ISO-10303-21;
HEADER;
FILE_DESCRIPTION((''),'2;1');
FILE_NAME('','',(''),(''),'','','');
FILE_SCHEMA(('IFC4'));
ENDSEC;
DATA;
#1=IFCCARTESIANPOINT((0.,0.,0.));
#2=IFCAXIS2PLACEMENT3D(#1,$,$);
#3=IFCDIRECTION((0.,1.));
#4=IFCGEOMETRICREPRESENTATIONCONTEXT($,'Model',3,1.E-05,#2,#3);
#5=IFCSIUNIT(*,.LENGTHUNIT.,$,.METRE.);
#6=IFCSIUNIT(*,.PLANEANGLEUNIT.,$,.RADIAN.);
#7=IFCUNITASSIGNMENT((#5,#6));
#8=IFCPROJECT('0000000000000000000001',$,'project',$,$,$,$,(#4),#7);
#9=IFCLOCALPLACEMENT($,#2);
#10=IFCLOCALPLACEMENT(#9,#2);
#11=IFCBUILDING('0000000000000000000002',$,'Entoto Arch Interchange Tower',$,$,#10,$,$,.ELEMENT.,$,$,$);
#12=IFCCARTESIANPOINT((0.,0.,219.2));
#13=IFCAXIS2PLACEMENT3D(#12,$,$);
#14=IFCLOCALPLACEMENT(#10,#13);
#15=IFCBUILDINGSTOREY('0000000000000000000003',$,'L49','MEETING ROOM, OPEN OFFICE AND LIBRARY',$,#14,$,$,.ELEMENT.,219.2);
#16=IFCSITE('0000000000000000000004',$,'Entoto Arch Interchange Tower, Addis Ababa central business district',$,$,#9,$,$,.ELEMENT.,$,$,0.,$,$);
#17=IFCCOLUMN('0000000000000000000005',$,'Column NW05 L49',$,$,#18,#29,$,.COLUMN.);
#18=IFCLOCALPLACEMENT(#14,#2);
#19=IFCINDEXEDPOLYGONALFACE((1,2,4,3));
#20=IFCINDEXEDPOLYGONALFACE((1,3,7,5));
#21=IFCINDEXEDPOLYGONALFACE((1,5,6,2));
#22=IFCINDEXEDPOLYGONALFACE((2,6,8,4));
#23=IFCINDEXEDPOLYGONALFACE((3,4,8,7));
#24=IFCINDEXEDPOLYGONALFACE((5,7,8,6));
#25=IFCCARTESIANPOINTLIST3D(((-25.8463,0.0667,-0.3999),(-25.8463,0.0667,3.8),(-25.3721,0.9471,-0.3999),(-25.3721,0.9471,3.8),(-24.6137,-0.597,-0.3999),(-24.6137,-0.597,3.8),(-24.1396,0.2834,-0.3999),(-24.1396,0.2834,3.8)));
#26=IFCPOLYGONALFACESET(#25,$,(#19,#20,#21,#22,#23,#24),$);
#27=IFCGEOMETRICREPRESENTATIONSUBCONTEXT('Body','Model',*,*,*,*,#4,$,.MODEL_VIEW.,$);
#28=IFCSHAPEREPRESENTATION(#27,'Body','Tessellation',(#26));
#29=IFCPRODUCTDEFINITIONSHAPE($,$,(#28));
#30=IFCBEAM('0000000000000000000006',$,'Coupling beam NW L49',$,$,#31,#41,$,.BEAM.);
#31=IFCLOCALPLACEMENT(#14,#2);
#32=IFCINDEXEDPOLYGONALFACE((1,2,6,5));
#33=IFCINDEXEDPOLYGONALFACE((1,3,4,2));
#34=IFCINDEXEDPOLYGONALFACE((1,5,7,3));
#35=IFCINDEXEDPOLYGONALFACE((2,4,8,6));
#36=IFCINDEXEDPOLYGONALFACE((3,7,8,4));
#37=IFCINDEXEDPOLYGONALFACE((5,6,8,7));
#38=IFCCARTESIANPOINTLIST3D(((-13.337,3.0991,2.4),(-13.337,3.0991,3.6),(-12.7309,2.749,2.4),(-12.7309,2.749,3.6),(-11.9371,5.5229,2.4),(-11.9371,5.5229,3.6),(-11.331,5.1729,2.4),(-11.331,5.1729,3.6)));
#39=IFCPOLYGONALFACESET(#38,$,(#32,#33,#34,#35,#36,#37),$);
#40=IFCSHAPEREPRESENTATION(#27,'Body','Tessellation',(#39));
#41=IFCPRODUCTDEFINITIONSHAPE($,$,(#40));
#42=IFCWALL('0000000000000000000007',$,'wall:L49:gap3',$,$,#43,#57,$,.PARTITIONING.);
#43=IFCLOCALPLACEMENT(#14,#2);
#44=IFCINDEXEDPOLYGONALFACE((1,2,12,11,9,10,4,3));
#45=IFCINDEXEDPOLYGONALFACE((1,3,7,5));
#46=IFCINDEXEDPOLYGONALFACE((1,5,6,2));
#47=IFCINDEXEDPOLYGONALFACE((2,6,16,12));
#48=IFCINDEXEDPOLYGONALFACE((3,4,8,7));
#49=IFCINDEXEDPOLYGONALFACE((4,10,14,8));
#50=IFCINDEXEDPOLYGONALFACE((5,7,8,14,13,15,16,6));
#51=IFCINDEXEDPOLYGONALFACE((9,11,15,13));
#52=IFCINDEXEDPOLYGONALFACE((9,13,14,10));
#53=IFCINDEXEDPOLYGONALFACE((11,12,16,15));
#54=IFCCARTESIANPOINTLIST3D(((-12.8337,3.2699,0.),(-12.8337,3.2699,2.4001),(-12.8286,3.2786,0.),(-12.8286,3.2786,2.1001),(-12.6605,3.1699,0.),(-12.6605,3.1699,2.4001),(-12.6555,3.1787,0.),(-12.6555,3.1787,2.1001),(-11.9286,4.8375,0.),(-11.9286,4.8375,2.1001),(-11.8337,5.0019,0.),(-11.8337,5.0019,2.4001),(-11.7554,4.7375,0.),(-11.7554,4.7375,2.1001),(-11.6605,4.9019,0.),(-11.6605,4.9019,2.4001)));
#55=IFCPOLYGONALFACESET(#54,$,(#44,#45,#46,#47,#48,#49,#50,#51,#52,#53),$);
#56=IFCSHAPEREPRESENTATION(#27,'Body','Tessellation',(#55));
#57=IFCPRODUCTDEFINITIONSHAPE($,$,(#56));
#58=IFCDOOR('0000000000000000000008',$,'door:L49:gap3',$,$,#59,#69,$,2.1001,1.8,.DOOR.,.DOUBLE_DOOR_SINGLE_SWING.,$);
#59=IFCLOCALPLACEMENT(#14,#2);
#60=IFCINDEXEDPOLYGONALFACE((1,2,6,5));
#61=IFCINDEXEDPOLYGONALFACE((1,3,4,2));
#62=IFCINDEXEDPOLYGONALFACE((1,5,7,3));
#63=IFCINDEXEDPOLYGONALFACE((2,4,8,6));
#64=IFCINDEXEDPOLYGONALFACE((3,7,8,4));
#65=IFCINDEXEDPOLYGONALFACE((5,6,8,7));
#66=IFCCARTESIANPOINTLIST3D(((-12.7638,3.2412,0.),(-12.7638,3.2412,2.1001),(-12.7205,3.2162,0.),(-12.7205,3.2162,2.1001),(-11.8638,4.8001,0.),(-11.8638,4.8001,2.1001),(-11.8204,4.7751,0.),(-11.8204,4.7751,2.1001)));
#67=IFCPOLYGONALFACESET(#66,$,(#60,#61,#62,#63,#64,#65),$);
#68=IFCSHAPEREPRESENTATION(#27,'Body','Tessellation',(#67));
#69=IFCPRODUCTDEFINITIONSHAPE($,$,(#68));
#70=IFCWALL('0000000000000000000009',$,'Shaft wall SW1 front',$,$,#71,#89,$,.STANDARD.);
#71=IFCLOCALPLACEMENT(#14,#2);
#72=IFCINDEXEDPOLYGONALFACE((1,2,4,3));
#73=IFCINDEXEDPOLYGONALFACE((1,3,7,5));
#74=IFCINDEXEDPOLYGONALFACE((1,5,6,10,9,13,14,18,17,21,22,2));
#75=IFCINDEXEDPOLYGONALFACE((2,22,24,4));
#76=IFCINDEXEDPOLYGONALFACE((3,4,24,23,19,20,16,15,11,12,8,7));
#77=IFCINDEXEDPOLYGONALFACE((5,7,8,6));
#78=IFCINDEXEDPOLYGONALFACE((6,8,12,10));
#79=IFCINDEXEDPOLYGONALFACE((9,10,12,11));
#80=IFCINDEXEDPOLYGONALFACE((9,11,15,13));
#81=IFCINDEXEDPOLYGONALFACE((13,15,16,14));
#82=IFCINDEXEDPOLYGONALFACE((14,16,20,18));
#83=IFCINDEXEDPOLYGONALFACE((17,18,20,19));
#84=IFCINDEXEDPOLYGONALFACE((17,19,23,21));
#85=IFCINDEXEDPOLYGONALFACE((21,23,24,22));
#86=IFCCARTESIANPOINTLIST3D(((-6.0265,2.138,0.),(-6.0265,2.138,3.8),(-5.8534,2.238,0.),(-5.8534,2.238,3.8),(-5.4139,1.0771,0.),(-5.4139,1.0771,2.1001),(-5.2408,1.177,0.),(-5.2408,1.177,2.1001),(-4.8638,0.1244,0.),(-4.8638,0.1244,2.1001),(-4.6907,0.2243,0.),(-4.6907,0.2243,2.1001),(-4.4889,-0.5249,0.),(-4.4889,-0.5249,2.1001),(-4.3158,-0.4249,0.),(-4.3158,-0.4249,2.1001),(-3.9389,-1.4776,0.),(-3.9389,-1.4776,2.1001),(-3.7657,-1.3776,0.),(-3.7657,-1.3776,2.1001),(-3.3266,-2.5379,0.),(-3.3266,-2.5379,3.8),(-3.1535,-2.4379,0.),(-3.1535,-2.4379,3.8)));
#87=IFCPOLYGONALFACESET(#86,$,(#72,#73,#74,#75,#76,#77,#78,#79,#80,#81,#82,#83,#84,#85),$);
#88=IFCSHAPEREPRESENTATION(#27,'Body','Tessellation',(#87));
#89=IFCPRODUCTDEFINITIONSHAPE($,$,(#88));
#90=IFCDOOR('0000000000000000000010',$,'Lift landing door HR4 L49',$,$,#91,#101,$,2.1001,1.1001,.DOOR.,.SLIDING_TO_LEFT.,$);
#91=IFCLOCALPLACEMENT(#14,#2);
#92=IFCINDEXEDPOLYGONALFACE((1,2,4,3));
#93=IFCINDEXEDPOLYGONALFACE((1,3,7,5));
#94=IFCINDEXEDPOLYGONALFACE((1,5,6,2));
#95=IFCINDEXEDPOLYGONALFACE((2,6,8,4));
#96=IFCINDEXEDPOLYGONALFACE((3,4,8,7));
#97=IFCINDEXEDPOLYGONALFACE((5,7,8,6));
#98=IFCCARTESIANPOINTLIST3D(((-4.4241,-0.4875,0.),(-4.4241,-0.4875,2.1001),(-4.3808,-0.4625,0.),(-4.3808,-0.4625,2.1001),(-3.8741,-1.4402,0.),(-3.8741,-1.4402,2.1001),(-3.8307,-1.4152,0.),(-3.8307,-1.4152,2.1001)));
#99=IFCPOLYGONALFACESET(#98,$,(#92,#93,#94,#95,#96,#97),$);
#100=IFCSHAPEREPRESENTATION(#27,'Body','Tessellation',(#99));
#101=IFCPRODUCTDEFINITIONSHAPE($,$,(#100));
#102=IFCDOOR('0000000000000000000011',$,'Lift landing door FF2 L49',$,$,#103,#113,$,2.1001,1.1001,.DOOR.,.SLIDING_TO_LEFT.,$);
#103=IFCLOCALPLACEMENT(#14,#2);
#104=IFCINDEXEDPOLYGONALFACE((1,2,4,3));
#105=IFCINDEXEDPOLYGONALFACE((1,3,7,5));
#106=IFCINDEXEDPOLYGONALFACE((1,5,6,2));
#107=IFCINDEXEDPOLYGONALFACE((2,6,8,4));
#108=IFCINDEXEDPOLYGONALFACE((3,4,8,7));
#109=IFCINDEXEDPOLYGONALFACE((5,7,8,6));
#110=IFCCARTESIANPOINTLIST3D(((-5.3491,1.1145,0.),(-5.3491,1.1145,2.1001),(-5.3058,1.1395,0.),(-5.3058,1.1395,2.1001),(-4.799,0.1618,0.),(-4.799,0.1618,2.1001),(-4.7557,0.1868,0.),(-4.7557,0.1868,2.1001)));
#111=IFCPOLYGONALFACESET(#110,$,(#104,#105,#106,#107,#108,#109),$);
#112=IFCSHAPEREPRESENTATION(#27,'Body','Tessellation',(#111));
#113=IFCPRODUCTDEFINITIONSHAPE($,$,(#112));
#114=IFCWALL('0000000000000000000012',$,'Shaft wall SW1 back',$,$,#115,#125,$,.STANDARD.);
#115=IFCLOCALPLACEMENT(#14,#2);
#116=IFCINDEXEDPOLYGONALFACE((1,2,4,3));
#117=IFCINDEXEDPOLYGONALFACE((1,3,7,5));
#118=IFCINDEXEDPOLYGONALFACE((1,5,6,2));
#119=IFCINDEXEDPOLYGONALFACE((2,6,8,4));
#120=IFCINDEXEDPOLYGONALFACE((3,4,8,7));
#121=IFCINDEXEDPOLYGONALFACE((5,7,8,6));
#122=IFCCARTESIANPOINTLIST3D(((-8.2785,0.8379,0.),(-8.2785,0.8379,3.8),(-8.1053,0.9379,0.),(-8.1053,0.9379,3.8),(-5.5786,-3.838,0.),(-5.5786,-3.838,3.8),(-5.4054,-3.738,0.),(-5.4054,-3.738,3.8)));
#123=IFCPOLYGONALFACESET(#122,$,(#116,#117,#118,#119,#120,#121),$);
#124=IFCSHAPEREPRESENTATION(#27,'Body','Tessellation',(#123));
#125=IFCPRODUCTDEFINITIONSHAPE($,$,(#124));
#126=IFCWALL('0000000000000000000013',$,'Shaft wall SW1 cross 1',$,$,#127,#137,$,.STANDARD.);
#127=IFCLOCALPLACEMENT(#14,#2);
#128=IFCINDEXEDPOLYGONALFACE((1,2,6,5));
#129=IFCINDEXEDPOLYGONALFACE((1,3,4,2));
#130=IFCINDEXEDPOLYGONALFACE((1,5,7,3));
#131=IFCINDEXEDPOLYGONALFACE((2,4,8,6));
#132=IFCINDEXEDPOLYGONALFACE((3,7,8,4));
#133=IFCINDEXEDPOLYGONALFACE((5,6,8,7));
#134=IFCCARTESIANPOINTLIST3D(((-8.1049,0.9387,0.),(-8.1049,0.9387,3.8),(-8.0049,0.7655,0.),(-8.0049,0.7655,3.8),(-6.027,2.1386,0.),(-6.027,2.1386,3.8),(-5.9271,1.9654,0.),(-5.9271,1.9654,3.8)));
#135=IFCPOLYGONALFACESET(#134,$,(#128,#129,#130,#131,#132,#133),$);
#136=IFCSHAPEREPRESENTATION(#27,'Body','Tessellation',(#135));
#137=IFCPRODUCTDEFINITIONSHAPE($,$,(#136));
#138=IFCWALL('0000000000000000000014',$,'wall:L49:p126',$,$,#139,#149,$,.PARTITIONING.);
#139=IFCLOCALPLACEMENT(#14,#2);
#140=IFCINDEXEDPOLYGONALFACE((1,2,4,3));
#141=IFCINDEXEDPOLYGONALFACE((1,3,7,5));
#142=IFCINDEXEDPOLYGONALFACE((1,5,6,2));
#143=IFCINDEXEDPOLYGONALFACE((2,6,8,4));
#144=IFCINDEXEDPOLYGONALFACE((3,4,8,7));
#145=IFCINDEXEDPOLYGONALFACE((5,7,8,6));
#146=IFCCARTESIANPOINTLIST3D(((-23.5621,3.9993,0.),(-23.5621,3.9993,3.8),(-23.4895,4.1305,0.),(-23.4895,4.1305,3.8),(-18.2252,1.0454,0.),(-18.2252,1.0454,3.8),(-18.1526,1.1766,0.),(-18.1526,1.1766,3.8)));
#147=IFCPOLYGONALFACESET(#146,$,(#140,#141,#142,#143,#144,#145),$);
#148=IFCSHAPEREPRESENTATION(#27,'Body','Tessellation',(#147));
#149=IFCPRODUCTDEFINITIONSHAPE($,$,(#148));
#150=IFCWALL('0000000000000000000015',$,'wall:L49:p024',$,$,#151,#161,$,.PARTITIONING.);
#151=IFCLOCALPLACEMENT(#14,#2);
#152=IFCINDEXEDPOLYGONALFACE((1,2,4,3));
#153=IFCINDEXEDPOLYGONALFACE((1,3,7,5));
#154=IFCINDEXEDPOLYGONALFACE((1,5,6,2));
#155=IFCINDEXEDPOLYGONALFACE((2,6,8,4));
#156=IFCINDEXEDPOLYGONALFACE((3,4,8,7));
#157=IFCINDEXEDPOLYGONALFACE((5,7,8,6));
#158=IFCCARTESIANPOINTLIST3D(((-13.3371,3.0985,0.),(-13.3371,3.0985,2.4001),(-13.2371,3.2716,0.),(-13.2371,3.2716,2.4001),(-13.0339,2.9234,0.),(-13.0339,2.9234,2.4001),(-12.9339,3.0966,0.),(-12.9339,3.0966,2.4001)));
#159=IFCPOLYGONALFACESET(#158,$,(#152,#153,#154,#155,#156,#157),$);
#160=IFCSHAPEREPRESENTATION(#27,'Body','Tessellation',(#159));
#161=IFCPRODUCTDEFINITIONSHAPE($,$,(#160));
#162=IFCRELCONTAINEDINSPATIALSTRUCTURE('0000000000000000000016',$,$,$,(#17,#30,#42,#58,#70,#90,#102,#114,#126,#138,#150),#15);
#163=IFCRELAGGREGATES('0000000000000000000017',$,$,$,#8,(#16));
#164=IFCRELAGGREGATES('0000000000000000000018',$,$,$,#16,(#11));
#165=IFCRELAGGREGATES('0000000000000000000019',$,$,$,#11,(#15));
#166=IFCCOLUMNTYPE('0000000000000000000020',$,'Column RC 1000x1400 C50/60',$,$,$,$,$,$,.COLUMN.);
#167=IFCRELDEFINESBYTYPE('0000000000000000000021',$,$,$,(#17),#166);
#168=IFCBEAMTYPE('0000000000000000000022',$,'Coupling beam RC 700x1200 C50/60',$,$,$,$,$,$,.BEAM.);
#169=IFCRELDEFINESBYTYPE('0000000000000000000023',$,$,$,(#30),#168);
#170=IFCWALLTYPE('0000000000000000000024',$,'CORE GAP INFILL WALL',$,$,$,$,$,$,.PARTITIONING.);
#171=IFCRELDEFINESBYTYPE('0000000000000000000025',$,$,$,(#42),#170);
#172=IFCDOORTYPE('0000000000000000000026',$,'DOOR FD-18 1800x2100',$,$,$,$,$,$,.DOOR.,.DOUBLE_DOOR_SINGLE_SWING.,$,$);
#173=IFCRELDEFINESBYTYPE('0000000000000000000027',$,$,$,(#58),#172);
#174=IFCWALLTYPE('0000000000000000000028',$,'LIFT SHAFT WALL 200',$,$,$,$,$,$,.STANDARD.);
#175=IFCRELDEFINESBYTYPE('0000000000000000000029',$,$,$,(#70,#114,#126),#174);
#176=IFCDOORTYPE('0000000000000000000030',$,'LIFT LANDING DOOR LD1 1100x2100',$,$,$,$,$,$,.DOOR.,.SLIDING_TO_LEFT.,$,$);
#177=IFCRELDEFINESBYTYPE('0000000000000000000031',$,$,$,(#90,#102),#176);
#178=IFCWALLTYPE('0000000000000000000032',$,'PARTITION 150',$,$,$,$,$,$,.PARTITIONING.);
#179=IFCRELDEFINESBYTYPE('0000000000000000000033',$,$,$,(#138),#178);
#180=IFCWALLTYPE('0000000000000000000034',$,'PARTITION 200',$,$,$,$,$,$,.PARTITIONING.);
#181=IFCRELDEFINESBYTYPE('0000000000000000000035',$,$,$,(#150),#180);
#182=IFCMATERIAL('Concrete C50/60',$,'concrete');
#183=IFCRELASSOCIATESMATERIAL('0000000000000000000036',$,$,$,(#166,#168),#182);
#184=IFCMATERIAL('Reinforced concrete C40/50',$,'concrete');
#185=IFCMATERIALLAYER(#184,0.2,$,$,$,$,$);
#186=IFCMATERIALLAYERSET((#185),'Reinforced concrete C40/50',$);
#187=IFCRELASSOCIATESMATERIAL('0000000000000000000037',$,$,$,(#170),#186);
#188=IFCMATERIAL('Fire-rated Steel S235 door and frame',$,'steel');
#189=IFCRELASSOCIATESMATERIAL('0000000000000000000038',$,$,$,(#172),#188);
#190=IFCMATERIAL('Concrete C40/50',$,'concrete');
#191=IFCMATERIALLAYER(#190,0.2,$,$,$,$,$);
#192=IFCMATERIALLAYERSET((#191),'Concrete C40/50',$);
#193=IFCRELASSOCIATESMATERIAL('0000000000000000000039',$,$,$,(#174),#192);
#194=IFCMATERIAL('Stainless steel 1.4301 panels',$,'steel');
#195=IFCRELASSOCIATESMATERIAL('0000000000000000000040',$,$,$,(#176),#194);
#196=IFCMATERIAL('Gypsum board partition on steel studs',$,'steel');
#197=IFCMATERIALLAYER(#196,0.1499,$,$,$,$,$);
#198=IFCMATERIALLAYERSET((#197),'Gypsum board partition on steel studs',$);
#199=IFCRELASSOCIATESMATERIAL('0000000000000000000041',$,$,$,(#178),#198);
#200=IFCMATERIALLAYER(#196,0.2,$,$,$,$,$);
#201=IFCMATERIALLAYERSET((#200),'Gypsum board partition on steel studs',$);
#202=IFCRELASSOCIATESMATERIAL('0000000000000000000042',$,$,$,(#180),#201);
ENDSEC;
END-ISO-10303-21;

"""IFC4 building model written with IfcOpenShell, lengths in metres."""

from ifc_helpers import new_model, si_unit, direction, frame, frame_2d, origin, origin_2d, place, context, subcontext, project, spatial, rectangle, extrude, material, layer, layer_set, material_profile, profile_set, type_object, element, fill, save


model = new_model("IFC4")

# Units and contexts
model_context = context("Model", 3, precision=1e-05, world=origin(), true_north=direction((0.0, 1.0)))
body_context = subcontext(model_context, "Body", "Model", "MODEL_VIEW")
ifc_project = project(units=[si_unit("LENGTHUNIT", "METRE"), si_unit("PLANEANGLEUNIT", "RADIAN")], contexts=[model_context])

# Site, building, storey
site_placement = place(None, origin())
site = spatial("IfcSite", under=ifc_project, at=site_placement, Name="Entoto Arch Interchange Tower, Addis Ababa central business district", CompositionType="ELEMENT", RefElevation=0.0)
building_placement = place(site_placement, origin())
building = spatial("IfcBuilding", under=site, at=building_placement, Name="Entoto Arch Interchange Tower", CompositionType="ELEMENT")
storey_placement = place(building_placement, frame((0.0, 0.0, 219.2)))
storey = spatial("IfcBuildingStorey", under=building, at=storey_placement, Name="L49", Description="MEETING ROOM, OPEN OFFICE AND LIBRARY", CompositionType="ELEMENT", Elevation=219.2)

# Column
ifc_material_1 = material(Name="Concrete C50/60", Category="concrete")
ifc_material_profile_1 = material_profile(ifc_material_1, rectangle(XDim=1.0, YDim=1.3999, at=origin_2d()))
ifc_profile_set_1 = profile_set([ifc_material_profile_1], Name="Concrete C50/60")
column_type = type_object("IfcColumnType", Name="Column RC 1000x1400 C50/60", PredefinedType="COLUMN", material=ifc_profile_set_1)
column_placement = place(storey_placement, frame((-24.9929, 0.175, -0.3999), z_axis=(0.0, 0.0, 1.0), x_axis=(0.474134, 0.880453, 0.0)))
element("IfcColumn", 1, at=column_placement, inside=storey, type_object=column_type, Name="Column NW05 L49", PredefinedType="COLUMN", context=body_context, shape_type="SweptSolid", body=[
    extrude(rectangle(XDim=1.0, YDim=1.3999, at=origin_2d()), origin(), (0.0, 0.0, 1.0), 4.2),
])

# Beam
ifc_material_profile_2 = material_profile(ifc_material_1, rectangle(XDim=0.7, YDim=1.2, at=origin_2d()))
ifc_profile_set_2 = profile_set([ifc_material_profile_2], Name="Concrete C50/60")
beam_type = type_object("IfcBeamType", Name="Coupling beam RC 700x1200 C50/60", PredefinedType="BEAM", material=ifc_profile_set_2)
beam_placement = place(storey_placement, frame((-11.634, 5.3479, 3.0), z_axis=(-0.500135, -0.865947, 0.0), x_axis=(0.865947, -0.500135, 0.0)))
element("IfcBeam", 2, at=beam_placement, inside=storey, type_object=beam_type, Name="Coupling beam NW L49", PredefinedType="BEAM", context=body_context, shape_type="SweptSolid", body=[
    extrude(rectangle(XDim=0.7, YDim=1.2, at=origin_2d()), origin(), (0.0, 0.0, 1.0), 2.7991),
])

# Wall, opening, door
ifc_material_2 = material(Name="Reinforced concrete C40/50", Category="concrete")
ifc_layer_1 = layer(ifc_material_2, 0.2)
ifc_layer_set_1 = layer_set([ifc_layer_1], Name="Reinforced concrete C40/50")
wall_type_1 = type_object("IfcWallType", Name="CORE GAP INFILL WALL", PredefinedType="PARTITIONING", material=ifc_layer_set_1)
wall_1_placement = place(storey_placement, frame((-11.7471, 4.9519, 0.0), z_axis=(0.0, 0.0, 1.0), x_axis=(-0.500025, -0.866011, 0.0)))
wall_1 = element("IfcWall", 3, at=wall_1_placement, inside=storey, type_object=wall_type_1, Name="wall:L49:gap3", PredefinedType="PARTITIONING", context=body_context, shape_type="SweptSolid", body=[
    extrude(rectangle(XDim=2.0, YDim=0.2, at=frame_2d((1.0, 0.0))), origin(), (0.0, 0.0, 1.0), 2.4001),
])
opening_1_placement = place(wall_1_placement, frame((0.1899, 0.0, 0.0)))
opening_1 = element("IfcOpeningElement", 4, at=opening_1_placement, cuts=wall_1, PredefinedType="OPENING", context=body_context, shape_type="SweptSolid", body=[
    extrude(rectangle(XDim=1.8, YDim=2.1001, at=frame_2d((0.8999, 1.05))), frame((0.0, 0.1099, 0.0), z_axis=(0.0, -1.0, 0.0), x_axis=(1.0, 0.0, 0.0)), (0.0, 0.0, 1.0), 0.22),
])
ifc_material_3 = material(Name="Fire-rated Steel S235 door and frame", Category="steel")
door_type_1 = type_object("IfcDoorType", Name="DOOR FD-18 1800x2100", OperationType="DOUBLE_DOOR_SINGLE_SWING", PredefinedType="DOOR", material=ifc_material_3)
door_1_placement = place(opening_1_placement, origin())
door_1 = element("IfcDoor", 5, at=door_1_placement, inside=storey, type_object=door_type_1, Name="door:L49:gap3", OperationType="DOUBLE_DOOR_SINGLE_SWING", OverallHeight=2.1001, OverallWidth=1.8, PredefinedType="DOOR", context=body_context, shape_type="SweptSolid", body=[
    extrude(rectangle(XDim=1.8, YDim=2.1001, at=frame_2d((0.8999, 1.05))), frame((0.0, 0.0249, 0.0), z_axis=(0.0, -1.0, 0.0), x_axis=(1.0, 0.0, 0.0)), (0.0, 0.0, 1.0), 0.05),
])
fill(opening_1, door_1)

# Wall, openings, doors
ifc_material_4 = material(Name="Concrete C40/50", Category="concrete")
ifc_layer_2 = layer(ifc_material_4, 0.2)
ifc_layer_set_2 = layer_set([ifc_layer_2], Name="Concrete C40/50")
wall_type_2 = type_object("IfcWallType", Name="LIFT SHAFT WALL 200", PredefinedType="STANDARD", material=ifc_layer_set_2)
wall_2_placement = place(storey_placement, frame((-5.9399, 2.188, 0.0), z_axis=(0.0, 0.0, 1.0), x_axis=(0.500034, -0.866006, 0.0)))
wall_2 = element("IfcWall", 6, at=wall_2_placement, inside=storey, type_object=wall_type_2, Name="Shaft wall SW1 front", PredefinedType="STANDARD", context=body_context, shape_type="SweptSolid", body=[
    extrude(rectangle(XDim=5.3994, YDim=0.2, at=frame_2d((2.6997, 0.0))), origin(), (0.0, 0.0, 1.0), 3.8),
])
opening_2_placement = place(wall_2_placement, frame((3.075, 0.0, 0.0)))
opening_2 = element("IfcOpeningElement", 7, at=opening_2_placement, cuts=wall_2, PredefinedType="OPENING", context=body_context, shape_type="SweptSolid", body=[
    extrude(rectangle(XDim=1.1001, YDim=2.1001, at=frame_2d((0.55, 1.05))), frame((0.0, 0.1099, 0.0), z_axis=(0.0, -1.0, 0.0), x_axis=(1.0, 0.0, 0.0)), (0.0, 0.0, 1.0), 0.22),
])
opening_3_placement = place(wall_2_placement, frame((1.2251, 0.0, 0.0)))
opening_3 = element("IfcOpeningElement", 8, at=opening_3_placement, cuts=wall_2, PredefinedType="OPENING", context=body_context, shape_type="SweptSolid", body=[
    extrude(rectangle(XDim=1.1001, YDim=2.1001, at=frame_2d((0.55, 1.05))), frame((0.0, 0.1099, 0.0), z_axis=(0.0, -1.0, 0.0), x_axis=(1.0, 0.0, 0.0)), (0.0, 0.0, 1.0), 0.22),
])
ifc_material_5 = material(Name="Stainless steel 1.4301 panels", Category="steel")
door_type_2 = type_object("IfcDoorType", Name="LIFT LANDING DOOR LD1 1100x2100", OperationType="SLIDING_TO_LEFT", PredefinedType="DOOR", material=ifc_material_5)
door_2_placement = place(opening_2_placement, origin())
door_2 = element("IfcDoor", 9, at=door_2_placement, inside=storey, type_object=door_type_2, Name="Lift landing door HR4 L49", OperationType="SLIDING_TO_LEFT", OverallHeight=2.1001, OverallWidth=1.1001, PredefinedType="DOOR", context=body_context, shape_type="SweptSolid", body=[
    extrude(rectangle(XDim=1.1001, YDim=2.1001, at=frame_2d((0.55, 1.05))), frame((0.0, 0.0249, 0.0), z_axis=(0.0, -1.0, 0.0), x_axis=(1.0, 0.0, 0.0)), (0.0, 0.0, 1.0), 0.05),
])
fill(opening_2, door_2)
door_3_placement = place(opening_3_placement, origin())
door_3 = element("IfcDoor", 10, at=door_3_placement, inside=storey, type_object=door_type_2, Name="Lift landing door FF2 L49", OperationType="SLIDING_TO_LEFT", OverallHeight=2.1001, OverallWidth=1.1001, PredefinedType="DOOR", context=body_context, shape_type="SweptSolid", body=[
    extrude(rectangle(XDim=1.1001, YDim=2.1001, at=frame_2d((0.55, 1.05))), frame((0.0, 0.0249, 0.0), z_axis=(0.0, -1.0, 0.0), x_axis=(1.0, 0.0, 0.0)), (0.0, 0.0, 1.0), 0.05),
])
fill(opening_3, door_3)

# Walls
wall_3_placement = place(storey_placement, frame((-8.1919, 0.8879, 0.0), z_axis=(0.0, 0.0, 1.0), x_axis=(0.500034, -0.866006, 0.0)))
element("IfcWall", 11, at=wall_3_placement, inside=storey, type_object=wall_type_2, Name="Shaft wall SW1 back", PredefinedType="STANDARD", context=body_context, shape_type="SweptSolid", body=[
    extrude(rectangle(XDim=5.3994, YDim=0.2, at=frame_2d((2.6997, 0.0))), origin(), (0.0, 0.0, 1.0), 3.8),
])
wall_4_placement = place(storey_placement, frame((-5.9771, 2.052, 0.0), z_axis=(0.0, 0.0, 1.0), x_axis=(-0.865974, -0.500089, 0.0)))
element("IfcWall", 12, at=wall_4_placement, inside=storey, type_object=wall_type_2, Name="Shaft wall SW1 cross 1", PredefinedType="STANDARD", context=body_context, shape_type="SweptSolid", body=[
    extrude(rectangle(XDim=2.3994, YDim=0.2, at=frame_2d((1.1997, 0.0))), origin(), (0.0, 0.0, 1.0), 3.8),
])
ifc_material_6 = material(Name="Gypsum board partition on steel studs", Category="steel")
ifc_layer_3 = layer(ifc_material_6, 0.1499)
ifc_layer_set_3 = layer_set([ifc_layer_3], Name="Gypsum board partition on steel studs")
wall_type_3 = type_object("IfcWallType", Name="PARTITION 150", PredefinedType="PARTITIONING", material=ifc_layer_set_3)
wall_5_placement = place(storey_placement, frame((-18.189, 1.1111, 0.0), z_axis=(0.0, 0.0, 1.0), x_axis=(-0.874928, 0.484252, 0.0)))
element("IfcWall", 13, at=wall_5_placement, inside=storey, type_object=wall_type_3, Name="wall:L49:p126", PredefinedType="PARTITIONING", context=body_context, shape_type="SweptSolid", body=[
    extrude(rectangle(XDim=6.0999, YDim=0.1499, at=frame_2d((3.0498, 0.0))), origin(), (0.0, 0.0, 1.0), 3.8),
])
ifc_layer_4 = layer(ifc_material_6, 0.2)
ifc_layer_set_4 = layer_set([ifc_layer_4], Name="Gypsum board partition on steel studs")
wall_type_4 = type_object("IfcWallType", Name="PARTITION 200", PredefinedType="PARTITIONING", material=ifc_layer_set_4)
wall_6_placement = place(storey_placement, frame((-12.9839, 3.01, 0.0), z_axis=(0.0, 0.0, 1.0), x_axis=(-0.866046, 0.499964, 0.0)))
element("IfcWall", 14, at=wall_6_placement, inside=storey, type_object=wall_type_4, Name="wall:L49:p024", PredefinedType="PARTITIONING", context=body_context, shape_type="SweptSolid", body=[
    extrude(rectangle(XDim=0.3501, YDim=0.2, at=frame_2d((0.175, 0.0))), origin(), (0.0, 0.0, 1.0), 2.4001),
])

save(model, "model.ifc")
